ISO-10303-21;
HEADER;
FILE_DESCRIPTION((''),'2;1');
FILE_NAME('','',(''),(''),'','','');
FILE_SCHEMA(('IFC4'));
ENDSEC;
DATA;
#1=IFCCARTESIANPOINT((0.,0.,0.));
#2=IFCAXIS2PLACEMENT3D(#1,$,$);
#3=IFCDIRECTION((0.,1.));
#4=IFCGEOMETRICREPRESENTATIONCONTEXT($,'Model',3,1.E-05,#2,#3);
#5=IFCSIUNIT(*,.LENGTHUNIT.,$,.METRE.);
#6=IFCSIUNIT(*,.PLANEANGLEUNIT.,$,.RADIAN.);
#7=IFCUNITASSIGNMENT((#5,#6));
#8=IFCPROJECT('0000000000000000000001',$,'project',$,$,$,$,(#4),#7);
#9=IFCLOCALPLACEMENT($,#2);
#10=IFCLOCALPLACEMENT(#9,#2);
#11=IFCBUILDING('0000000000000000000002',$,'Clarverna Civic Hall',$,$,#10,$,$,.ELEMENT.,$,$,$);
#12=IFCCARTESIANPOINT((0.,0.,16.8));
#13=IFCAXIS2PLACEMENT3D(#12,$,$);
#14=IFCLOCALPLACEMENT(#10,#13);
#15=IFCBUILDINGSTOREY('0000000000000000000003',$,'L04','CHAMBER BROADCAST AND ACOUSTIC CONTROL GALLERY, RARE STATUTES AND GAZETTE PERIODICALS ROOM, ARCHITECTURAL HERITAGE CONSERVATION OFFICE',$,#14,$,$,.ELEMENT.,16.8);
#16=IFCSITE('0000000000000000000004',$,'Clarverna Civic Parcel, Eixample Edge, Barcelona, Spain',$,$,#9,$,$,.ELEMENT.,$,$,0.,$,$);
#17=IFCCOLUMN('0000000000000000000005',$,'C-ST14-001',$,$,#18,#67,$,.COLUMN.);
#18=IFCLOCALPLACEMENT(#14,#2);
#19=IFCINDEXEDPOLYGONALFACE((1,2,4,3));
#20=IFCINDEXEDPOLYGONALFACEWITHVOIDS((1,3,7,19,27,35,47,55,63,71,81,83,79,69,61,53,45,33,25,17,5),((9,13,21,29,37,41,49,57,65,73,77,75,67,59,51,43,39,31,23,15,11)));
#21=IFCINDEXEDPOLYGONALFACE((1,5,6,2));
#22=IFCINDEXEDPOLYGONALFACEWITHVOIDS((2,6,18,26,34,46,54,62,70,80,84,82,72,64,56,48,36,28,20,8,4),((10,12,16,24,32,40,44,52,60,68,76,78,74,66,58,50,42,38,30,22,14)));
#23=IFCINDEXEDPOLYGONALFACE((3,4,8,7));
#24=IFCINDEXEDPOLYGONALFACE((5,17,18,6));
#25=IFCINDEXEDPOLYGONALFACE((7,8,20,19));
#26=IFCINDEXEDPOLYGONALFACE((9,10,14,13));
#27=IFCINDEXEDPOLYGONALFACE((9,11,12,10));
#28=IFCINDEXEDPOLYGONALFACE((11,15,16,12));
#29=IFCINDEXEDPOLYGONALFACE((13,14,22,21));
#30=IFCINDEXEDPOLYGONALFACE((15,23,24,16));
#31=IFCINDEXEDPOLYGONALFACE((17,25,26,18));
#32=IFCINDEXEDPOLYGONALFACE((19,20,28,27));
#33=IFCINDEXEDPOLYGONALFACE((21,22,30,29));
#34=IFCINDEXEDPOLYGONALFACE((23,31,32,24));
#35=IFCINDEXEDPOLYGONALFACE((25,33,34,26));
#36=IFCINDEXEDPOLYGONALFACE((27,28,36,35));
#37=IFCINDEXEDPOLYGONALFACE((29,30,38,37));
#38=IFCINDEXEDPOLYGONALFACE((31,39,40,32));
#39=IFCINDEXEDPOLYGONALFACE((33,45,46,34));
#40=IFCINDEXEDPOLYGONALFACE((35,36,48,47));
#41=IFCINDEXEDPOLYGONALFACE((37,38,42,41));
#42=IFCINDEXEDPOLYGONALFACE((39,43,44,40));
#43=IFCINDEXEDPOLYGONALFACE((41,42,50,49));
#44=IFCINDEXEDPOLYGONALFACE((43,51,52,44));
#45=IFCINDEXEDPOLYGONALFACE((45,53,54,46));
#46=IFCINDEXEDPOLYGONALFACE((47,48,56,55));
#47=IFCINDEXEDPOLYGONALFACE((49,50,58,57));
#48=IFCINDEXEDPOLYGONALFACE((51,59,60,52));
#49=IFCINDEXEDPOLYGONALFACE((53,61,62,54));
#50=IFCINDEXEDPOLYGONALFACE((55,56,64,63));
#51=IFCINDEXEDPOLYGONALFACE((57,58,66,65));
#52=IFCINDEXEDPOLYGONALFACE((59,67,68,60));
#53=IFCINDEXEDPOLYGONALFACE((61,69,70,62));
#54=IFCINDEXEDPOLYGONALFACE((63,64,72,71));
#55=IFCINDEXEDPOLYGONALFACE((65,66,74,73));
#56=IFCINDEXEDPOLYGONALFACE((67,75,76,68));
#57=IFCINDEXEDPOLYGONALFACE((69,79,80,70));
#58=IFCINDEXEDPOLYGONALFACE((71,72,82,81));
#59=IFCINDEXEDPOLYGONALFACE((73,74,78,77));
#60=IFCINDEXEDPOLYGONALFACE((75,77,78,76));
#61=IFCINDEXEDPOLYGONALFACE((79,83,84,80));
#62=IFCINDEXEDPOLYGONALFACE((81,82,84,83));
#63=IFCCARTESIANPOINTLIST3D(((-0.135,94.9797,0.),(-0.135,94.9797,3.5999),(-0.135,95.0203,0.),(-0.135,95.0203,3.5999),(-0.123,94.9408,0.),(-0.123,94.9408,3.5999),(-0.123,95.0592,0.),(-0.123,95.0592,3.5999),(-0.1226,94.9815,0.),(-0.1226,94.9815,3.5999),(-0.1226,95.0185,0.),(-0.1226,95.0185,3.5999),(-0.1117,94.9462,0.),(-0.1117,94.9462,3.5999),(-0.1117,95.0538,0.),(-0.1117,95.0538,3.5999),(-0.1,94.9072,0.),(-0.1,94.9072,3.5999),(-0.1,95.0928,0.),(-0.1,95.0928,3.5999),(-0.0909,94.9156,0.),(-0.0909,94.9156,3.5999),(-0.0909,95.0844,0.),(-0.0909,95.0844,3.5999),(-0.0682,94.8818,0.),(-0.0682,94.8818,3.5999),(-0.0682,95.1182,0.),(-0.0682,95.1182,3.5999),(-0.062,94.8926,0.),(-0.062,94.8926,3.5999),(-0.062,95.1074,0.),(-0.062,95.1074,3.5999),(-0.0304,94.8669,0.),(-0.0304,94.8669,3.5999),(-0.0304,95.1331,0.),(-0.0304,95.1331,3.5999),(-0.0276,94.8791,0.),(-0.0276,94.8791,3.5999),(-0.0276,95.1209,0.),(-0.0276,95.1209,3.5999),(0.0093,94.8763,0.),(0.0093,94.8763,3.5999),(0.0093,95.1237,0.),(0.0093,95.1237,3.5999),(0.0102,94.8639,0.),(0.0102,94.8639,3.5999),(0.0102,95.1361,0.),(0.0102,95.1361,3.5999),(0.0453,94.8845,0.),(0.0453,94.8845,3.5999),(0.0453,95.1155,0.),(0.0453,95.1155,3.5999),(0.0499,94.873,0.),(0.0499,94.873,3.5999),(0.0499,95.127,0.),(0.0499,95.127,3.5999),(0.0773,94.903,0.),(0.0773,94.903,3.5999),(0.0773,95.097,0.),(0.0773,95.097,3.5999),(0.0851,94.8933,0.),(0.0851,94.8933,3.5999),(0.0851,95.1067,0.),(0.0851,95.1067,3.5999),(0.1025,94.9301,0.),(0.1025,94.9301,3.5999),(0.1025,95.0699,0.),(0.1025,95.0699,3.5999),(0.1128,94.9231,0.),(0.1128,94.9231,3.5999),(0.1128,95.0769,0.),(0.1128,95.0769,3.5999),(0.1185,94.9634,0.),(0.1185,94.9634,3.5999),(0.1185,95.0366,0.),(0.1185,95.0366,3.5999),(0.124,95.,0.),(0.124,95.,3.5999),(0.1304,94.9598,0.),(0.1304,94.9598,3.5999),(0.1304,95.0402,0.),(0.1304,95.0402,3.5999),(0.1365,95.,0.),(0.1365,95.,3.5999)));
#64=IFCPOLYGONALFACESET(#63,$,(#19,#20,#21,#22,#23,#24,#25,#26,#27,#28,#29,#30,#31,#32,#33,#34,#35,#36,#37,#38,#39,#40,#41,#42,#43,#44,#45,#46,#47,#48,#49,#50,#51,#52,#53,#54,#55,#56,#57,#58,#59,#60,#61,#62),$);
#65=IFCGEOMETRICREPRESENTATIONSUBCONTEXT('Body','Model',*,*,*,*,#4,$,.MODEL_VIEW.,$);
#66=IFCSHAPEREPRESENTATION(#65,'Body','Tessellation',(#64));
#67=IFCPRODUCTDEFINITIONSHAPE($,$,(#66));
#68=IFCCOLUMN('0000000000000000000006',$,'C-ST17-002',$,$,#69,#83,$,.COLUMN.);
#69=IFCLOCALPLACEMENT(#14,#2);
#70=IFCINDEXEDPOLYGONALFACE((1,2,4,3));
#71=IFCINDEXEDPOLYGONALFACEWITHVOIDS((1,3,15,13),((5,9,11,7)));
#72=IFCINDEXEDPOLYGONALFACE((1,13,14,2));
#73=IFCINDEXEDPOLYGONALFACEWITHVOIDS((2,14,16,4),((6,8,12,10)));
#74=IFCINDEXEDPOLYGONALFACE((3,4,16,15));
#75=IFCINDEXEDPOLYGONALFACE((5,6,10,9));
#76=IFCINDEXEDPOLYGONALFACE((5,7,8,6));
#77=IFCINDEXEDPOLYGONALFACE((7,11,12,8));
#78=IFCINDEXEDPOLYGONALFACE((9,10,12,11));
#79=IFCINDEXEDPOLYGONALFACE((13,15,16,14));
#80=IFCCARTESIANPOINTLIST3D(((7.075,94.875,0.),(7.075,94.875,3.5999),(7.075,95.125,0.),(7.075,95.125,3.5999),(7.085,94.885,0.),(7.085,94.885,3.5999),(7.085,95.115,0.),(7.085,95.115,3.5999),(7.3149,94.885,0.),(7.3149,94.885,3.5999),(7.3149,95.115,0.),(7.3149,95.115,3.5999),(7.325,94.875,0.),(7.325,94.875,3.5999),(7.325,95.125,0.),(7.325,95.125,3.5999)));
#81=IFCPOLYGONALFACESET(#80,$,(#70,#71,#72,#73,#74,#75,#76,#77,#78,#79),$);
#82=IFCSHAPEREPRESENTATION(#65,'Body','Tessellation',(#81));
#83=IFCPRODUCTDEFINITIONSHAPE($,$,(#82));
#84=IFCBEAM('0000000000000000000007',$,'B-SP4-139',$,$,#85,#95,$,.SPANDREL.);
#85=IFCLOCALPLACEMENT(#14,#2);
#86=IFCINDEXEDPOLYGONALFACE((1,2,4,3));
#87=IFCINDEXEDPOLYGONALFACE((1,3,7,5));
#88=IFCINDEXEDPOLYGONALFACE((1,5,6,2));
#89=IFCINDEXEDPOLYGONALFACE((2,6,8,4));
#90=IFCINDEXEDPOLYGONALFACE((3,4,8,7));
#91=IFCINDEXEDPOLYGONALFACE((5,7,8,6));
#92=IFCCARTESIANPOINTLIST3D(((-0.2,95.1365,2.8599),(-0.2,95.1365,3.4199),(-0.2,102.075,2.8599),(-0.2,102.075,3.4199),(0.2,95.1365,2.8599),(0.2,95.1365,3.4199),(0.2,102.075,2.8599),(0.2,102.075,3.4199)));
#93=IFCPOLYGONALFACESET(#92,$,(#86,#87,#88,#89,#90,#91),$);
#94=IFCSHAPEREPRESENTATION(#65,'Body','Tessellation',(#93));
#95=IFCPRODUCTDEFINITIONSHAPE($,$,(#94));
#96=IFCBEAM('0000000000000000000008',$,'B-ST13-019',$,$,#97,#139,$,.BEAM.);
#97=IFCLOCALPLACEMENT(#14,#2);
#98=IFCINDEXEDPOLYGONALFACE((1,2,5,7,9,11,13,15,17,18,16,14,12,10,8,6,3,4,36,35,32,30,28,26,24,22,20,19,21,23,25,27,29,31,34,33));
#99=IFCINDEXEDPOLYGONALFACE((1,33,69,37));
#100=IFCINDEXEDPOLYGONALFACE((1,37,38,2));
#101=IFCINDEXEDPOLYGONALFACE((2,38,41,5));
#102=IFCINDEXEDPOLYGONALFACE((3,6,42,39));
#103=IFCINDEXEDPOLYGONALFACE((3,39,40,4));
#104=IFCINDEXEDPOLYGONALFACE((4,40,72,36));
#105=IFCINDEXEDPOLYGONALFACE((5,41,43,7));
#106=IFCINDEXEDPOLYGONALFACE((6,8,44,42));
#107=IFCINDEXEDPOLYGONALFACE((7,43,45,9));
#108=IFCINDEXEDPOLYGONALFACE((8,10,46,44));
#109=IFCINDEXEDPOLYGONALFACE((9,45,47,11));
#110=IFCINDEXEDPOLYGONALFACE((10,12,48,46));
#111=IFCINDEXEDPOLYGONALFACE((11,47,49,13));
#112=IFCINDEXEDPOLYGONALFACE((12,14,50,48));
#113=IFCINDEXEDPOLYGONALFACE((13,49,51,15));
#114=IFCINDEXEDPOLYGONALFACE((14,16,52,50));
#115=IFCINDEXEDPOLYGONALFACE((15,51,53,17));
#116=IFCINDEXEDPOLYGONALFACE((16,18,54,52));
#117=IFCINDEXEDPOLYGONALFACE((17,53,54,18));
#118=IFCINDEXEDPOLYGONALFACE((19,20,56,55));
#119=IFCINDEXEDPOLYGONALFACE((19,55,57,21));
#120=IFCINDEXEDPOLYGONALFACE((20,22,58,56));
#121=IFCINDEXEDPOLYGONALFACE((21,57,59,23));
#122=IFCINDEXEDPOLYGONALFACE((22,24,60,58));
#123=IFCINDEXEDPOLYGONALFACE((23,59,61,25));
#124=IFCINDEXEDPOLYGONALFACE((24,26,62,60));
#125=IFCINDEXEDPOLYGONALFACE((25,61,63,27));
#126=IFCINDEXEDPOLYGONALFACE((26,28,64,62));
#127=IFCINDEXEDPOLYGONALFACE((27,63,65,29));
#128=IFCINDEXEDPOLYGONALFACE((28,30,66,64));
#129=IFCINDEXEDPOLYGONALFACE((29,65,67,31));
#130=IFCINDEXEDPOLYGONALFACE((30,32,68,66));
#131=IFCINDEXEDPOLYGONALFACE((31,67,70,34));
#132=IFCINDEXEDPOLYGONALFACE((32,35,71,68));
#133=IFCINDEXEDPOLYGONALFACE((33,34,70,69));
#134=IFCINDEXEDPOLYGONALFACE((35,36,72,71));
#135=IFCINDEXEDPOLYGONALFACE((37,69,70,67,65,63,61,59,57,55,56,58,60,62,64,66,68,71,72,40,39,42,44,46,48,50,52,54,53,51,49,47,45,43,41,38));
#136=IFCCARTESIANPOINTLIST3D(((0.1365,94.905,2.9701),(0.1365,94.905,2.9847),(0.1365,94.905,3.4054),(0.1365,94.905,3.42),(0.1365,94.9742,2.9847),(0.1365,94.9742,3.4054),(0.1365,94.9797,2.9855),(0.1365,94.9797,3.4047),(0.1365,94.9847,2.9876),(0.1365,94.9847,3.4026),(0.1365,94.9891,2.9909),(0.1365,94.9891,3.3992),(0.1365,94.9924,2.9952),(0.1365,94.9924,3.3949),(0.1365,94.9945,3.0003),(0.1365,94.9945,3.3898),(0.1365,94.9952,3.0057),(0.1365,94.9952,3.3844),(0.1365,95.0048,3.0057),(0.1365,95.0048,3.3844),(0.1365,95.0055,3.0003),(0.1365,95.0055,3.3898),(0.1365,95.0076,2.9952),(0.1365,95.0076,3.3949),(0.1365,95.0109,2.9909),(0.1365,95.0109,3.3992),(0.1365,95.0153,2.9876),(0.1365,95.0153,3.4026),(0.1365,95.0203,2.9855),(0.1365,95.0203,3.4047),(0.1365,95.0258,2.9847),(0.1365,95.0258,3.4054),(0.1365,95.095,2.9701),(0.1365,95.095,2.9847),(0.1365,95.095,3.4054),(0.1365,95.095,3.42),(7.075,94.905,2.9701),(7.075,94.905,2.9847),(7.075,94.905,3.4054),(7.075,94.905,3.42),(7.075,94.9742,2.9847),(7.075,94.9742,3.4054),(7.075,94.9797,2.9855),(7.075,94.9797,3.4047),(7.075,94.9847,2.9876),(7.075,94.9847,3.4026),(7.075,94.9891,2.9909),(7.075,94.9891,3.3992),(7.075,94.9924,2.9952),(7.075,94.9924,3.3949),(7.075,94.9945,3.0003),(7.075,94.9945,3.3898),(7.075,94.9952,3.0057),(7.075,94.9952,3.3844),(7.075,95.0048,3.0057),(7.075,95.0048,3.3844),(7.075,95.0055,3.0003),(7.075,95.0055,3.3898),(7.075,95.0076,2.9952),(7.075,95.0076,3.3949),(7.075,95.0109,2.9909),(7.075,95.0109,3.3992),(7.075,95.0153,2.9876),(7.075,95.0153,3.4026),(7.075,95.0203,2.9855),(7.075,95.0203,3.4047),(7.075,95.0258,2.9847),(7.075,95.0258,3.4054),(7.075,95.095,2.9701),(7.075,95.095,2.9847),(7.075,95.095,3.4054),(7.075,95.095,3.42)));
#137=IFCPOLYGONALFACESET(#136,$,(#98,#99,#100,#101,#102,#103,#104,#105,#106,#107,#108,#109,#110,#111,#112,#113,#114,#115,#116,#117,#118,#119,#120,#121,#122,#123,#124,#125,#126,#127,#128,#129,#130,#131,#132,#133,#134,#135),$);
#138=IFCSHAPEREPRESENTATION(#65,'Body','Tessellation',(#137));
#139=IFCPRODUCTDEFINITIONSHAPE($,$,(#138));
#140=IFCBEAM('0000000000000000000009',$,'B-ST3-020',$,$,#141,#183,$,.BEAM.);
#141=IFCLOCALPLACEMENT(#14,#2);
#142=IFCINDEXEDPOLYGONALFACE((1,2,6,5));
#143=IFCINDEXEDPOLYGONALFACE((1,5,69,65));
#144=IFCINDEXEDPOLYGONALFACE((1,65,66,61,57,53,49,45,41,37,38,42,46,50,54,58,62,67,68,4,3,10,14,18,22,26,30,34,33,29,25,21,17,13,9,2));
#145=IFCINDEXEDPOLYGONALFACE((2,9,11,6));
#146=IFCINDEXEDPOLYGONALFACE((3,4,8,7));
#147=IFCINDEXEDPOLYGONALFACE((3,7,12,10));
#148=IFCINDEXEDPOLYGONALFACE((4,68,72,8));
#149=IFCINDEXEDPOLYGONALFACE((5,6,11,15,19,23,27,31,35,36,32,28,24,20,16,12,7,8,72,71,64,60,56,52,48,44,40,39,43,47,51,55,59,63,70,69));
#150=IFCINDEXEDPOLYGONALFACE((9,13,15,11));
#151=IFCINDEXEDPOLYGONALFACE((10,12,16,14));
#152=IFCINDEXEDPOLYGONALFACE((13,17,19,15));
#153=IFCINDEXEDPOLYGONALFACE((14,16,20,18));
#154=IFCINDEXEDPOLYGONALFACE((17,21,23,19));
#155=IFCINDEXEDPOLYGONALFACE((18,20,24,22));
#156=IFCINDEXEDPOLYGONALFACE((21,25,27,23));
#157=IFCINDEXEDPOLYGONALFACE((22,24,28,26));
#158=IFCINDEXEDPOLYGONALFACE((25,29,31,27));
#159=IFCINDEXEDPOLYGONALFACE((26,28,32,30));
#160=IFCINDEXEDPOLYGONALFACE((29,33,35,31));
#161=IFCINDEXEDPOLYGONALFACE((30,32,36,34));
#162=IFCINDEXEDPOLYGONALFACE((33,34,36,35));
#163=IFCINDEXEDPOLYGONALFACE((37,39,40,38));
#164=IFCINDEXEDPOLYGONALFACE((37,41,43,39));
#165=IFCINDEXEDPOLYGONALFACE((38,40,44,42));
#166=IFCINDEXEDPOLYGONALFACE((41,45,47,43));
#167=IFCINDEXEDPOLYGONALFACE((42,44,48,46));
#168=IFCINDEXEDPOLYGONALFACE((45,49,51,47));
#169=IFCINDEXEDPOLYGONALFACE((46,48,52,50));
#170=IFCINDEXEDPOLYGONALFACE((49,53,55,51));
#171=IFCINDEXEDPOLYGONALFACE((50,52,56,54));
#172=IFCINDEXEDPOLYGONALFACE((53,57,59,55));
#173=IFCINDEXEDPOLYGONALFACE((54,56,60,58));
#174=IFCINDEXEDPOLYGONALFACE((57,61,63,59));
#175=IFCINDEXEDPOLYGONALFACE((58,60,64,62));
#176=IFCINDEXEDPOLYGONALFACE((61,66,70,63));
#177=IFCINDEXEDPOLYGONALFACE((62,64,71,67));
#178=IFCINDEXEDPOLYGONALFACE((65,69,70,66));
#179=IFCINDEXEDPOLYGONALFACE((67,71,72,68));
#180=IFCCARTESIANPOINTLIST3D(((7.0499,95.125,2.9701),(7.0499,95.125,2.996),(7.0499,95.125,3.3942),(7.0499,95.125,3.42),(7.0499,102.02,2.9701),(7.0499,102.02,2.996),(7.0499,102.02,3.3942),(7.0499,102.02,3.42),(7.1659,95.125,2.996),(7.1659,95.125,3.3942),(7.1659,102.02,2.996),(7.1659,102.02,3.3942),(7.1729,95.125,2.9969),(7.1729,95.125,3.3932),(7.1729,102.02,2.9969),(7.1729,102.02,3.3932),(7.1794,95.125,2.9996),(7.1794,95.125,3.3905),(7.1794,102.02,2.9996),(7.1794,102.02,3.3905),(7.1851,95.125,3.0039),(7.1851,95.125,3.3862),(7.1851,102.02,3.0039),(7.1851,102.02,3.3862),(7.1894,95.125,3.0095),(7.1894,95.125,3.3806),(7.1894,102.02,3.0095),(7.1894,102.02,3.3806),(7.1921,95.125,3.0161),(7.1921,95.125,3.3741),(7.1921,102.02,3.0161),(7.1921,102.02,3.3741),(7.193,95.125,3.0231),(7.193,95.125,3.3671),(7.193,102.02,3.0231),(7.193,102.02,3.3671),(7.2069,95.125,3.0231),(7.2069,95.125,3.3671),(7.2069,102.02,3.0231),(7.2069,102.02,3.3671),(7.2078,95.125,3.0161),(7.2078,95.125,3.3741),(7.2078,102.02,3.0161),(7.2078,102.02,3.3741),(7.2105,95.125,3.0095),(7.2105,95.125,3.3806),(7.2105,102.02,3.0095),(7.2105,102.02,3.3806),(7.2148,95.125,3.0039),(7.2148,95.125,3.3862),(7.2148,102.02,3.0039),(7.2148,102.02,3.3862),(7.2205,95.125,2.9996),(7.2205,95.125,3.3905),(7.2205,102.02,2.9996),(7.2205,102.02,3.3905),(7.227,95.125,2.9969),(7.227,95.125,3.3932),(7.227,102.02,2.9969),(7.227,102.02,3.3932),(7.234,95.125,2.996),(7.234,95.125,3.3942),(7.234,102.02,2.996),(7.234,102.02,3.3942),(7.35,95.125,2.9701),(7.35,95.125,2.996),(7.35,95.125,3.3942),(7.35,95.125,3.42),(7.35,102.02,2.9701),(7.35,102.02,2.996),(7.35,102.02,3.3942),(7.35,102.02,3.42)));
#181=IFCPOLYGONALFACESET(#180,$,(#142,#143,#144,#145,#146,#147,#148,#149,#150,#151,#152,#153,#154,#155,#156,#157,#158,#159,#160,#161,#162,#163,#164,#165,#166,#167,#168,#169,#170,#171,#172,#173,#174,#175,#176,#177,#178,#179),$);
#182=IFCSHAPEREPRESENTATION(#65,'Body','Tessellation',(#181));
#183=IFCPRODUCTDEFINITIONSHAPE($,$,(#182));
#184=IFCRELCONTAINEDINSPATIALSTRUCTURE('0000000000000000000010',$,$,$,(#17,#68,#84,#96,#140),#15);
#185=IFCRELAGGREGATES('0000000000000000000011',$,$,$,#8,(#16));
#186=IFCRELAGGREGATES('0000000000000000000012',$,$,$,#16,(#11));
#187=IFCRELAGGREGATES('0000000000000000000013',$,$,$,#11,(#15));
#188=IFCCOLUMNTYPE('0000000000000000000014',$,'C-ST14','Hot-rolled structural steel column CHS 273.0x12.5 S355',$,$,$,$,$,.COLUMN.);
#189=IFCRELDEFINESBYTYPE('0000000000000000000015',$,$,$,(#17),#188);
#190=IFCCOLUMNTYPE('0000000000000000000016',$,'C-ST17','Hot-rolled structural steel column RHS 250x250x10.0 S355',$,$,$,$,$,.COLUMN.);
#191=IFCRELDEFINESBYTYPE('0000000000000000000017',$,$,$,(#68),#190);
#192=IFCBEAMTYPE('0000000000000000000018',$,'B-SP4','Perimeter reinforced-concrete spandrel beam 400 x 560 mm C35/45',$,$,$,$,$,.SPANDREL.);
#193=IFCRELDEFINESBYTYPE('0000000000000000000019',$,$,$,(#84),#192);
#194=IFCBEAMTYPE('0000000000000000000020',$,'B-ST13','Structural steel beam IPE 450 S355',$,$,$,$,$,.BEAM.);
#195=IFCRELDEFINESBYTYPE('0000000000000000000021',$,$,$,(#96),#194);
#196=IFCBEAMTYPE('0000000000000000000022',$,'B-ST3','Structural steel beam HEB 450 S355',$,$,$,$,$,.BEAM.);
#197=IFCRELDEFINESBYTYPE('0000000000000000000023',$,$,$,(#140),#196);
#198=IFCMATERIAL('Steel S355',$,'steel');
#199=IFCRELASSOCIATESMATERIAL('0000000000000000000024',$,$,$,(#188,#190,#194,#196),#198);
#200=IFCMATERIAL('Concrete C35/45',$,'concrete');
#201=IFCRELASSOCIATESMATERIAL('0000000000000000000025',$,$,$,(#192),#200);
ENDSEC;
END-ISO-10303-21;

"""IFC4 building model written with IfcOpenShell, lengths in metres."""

from ifc_helpers import new_model, si_unit, direction, frame, origin, origin_2d, place, context, subcontext, project, spatial, rectangle, hollow_rectangle, hollow_circle, i_section, extrude, material, material_profile, profile_set, type_object, element, save


model = new_model("IFC4")

# Units and contexts
model_context = context("Model", 3, precision=1e-05, world=origin(), true_north=direction((0.0, 1.0)))
body_context = subcontext(model_context, "Body", "Model", "MODEL_VIEW")
ifc_project = project(units=[si_unit("LENGTHUNIT", "METRE"), si_unit("PLANEANGLEUNIT", "RADIAN")], contexts=[model_context])

# Site, building, storey
site_placement = place(None, origin())
site = spatial("IfcSite", under=ifc_project, at=site_placement, Name="Clarverna Civic Parcel, Eixample Edge, Barcelona, Spain", CompositionType="ELEMENT", RefElevation=0.0)
building_placement = place(site_placement, origin())
building = spatial("IfcBuilding", under=site, at=building_placement, Name="Clarverna Civic Hall", CompositionType="ELEMENT")
storey_placement = place(building_placement, frame((0.0, 0.0, 16.8)))
storey = spatial("IfcBuildingStorey", under=building, at=storey_placement, Name="L04", Description="CHAMBER BROADCAST AND ACOUSTIC CONTROL GALLERY, RARE STATUTES AND GAZETTE PERIODICALS ROOM, ARCHITECTURAL HERITAGE CONSERVATION OFFICE", CompositionType="ELEMENT", Elevation=16.8)

# Columns
ifc_material_1 = material(Name="Steel S355", Category="steel")
ifc_material_profile_1 = material_profile(ifc_material_1, hollow_circle(Radius=0.1365, WallThickness=0.0125, at=origin_2d()), Name="CHS 273.0x12.5")
ifc_profile_set_1 = profile_set([ifc_material_profile_1], Name="Steel S355")
column_type_1 = type_object("IfcColumnType", Name="C-ST14", Description="Hot-rolled structural steel column CHS 273.0x12.5 S355", PredefinedType="COLUMN", material=ifc_profile_set_1)
column_1_placement = place(storey_placement, frame((0.0, 95.0, 0.0), z_axis=(0.0, 0.0, 1.0), x_axis=(1.0, 0.0, 0.0)))
element("IfcColumn", 1, at=column_1_placement, inside=storey, type_object=column_type_1, Name="C-ST14-001", PredefinedType="COLUMN", context=body_context, shape_type="SweptSolid", body=[
    extrude(hollow_circle(Radius=0.1365, WallThickness=0.0125, at=origin_2d()), origin(), (0.0, 0.0, 1.0), 3.5999),
])
ifc_material_profile_2 = material_profile(ifc_material_1, hollow_rectangle(XDim=0.25, YDim=0.25, WallThickness=0.01, at=origin_2d()), Name="RHS 250x250x10.0")
ifc_profile_set_2 = profile_set([ifc_material_profile_2], Name="Steel S355")
column_type_2 = type_object("IfcColumnType", Name="C-ST17", Description="Hot-rolled structural steel column RHS 250x250x10.0 S355", PredefinedType="COLUMN", material=ifc_profile_set_2)
column_2_placement = place(storey_placement, frame((7.2, 95.0, 0.0), z_axis=(0.0, 0.0, 1.0), x_axis=(1.0, 0.0, 0.0)))
element("IfcColumn", 2, at=column_2_placement, inside=storey, type_object=column_type_2, Name="C-ST17-002", PredefinedType="COLUMN", context=body_context, shape_type="SweptSolid", body=[
    extrude(hollow_rectangle(XDim=0.25, YDim=0.25, WallThickness=0.01, at=origin_2d()), origin(), (0.0, 0.0, 1.0), 3.5999),
])

# Beams
ifc_material_2 = material(Name="Concrete C35/45", Category="concrete")
ifc_material_profile_3 = material_profile(ifc_material_2, rectangle(XDim=0.3999, YDim=0.5601, at=origin_2d()), Name="RC 400x560")
ifc_profile_set_3 = profile_set([ifc_material_profile_3], Name="Concrete C35/45")
beam_type_1 = type_object("IfcBeamType", Name="B-SP4", Description="Perimeter reinforced-concrete spandrel beam 400 x 560 mm C35/45", PredefinedType="SPANDREL", material=ifc_profile_set_3)
beam_1_placement = place(storey_placement, frame((0.0, 95.1365, 3.1399), z_axis=(0.0, 1.0, 0.0), x_axis=(-1.0, 0.0, 0.0)))
element("IfcBeam", 3, at=beam_1_placement, inside=storey, type_object=beam_type_1, Name="B-SP4-139", PredefinedType="SPANDREL", context=body_context, shape_type="SweptSolid", body=[
    extrude(rectangle(XDim=0.3999, YDim=0.5601, at=origin_2d()), origin(), (0.0, 0.0, 1.0), 6.9385),
])
ifc_material_profile_4 = material_profile(ifc_material_1, i_section(OverallWidth=0.1899, OverallDepth=0.45, WebThickness=0.0095, FlangeThickness=0.0146, FilletRadius=0.021, at=origin_2d()), Name="IPE 450")
ifc_profile_set_4 = profile_set([ifc_material_profile_4], Name="Steel S355")
beam_type_2 = type_object("IfcBeamType", Name="B-ST13", Description="Structural steel beam IPE 450 S355", PredefinedType="BEAM", material=ifc_profile_set_4)
beam_2_placement = place(storey_placement, frame((0.1365, 95.0, 3.1951), z_axis=(1.0, 0.0, 0.0), x_axis=(0.0, 1.0, 0.0)))
element("IfcBeam", 4, at=beam_2_placement, inside=storey, type_object=beam_type_2, Name="B-ST13-019", PredefinedType="BEAM", context=body_context, shape_type="SweptSolid", body=[
    extrude(i_section(OverallWidth=0.1899, OverallDepth=0.45, WebThickness=0.0095, FlangeThickness=0.0146, FilletRadius=0.021, at=origin_2d()), origin(), (0.0, 0.0, 1.0), 6.9385),
])
ifc_material_profile_5 = material_profile(ifc_material_1, i_section(OverallWidth=0.3, OverallDepth=0.45, WebThickness=0.0139, FlangeThickness=0.0259, FilletRadius=0.0271, at=origin_2d()), Name="HEB 450")
ifc_profile_set_5 = profile_set([ifc_material_profile_5], Name="Steel S355")
beam_type_3 = type_object("IfcBeamType", Name="B-ST3", Description="Structural steel beam HEB 450 S355", PredefinedType="BEAM", material=ifc_profile_set_5)
beam_3_placement = place(storey_placement, frame((7.2, 95.125, 3.1951), z_axis=(0.0, 1.0, 0.0), x_axis=(-1.0, 0.0, 0.0)))
element("IfcBeam", 5, at=beam_3_placement, inside=storey, type_object=beam_type_3, Name="B-ST3-020", PredefinedType="BEAM", context=body_context, shape_type="SweptSolid", body=[
    extrude(i_section(OverallWidth=0.3, OverallDepth=0.45, WebThickness=0.0139, FlangeThickness=0.0259, FilletRadius=0.0271, at=origin_2d()), origin(), (0.0, 0.0, 1.0), 6.895),
])

save(model, "model.ifc")
